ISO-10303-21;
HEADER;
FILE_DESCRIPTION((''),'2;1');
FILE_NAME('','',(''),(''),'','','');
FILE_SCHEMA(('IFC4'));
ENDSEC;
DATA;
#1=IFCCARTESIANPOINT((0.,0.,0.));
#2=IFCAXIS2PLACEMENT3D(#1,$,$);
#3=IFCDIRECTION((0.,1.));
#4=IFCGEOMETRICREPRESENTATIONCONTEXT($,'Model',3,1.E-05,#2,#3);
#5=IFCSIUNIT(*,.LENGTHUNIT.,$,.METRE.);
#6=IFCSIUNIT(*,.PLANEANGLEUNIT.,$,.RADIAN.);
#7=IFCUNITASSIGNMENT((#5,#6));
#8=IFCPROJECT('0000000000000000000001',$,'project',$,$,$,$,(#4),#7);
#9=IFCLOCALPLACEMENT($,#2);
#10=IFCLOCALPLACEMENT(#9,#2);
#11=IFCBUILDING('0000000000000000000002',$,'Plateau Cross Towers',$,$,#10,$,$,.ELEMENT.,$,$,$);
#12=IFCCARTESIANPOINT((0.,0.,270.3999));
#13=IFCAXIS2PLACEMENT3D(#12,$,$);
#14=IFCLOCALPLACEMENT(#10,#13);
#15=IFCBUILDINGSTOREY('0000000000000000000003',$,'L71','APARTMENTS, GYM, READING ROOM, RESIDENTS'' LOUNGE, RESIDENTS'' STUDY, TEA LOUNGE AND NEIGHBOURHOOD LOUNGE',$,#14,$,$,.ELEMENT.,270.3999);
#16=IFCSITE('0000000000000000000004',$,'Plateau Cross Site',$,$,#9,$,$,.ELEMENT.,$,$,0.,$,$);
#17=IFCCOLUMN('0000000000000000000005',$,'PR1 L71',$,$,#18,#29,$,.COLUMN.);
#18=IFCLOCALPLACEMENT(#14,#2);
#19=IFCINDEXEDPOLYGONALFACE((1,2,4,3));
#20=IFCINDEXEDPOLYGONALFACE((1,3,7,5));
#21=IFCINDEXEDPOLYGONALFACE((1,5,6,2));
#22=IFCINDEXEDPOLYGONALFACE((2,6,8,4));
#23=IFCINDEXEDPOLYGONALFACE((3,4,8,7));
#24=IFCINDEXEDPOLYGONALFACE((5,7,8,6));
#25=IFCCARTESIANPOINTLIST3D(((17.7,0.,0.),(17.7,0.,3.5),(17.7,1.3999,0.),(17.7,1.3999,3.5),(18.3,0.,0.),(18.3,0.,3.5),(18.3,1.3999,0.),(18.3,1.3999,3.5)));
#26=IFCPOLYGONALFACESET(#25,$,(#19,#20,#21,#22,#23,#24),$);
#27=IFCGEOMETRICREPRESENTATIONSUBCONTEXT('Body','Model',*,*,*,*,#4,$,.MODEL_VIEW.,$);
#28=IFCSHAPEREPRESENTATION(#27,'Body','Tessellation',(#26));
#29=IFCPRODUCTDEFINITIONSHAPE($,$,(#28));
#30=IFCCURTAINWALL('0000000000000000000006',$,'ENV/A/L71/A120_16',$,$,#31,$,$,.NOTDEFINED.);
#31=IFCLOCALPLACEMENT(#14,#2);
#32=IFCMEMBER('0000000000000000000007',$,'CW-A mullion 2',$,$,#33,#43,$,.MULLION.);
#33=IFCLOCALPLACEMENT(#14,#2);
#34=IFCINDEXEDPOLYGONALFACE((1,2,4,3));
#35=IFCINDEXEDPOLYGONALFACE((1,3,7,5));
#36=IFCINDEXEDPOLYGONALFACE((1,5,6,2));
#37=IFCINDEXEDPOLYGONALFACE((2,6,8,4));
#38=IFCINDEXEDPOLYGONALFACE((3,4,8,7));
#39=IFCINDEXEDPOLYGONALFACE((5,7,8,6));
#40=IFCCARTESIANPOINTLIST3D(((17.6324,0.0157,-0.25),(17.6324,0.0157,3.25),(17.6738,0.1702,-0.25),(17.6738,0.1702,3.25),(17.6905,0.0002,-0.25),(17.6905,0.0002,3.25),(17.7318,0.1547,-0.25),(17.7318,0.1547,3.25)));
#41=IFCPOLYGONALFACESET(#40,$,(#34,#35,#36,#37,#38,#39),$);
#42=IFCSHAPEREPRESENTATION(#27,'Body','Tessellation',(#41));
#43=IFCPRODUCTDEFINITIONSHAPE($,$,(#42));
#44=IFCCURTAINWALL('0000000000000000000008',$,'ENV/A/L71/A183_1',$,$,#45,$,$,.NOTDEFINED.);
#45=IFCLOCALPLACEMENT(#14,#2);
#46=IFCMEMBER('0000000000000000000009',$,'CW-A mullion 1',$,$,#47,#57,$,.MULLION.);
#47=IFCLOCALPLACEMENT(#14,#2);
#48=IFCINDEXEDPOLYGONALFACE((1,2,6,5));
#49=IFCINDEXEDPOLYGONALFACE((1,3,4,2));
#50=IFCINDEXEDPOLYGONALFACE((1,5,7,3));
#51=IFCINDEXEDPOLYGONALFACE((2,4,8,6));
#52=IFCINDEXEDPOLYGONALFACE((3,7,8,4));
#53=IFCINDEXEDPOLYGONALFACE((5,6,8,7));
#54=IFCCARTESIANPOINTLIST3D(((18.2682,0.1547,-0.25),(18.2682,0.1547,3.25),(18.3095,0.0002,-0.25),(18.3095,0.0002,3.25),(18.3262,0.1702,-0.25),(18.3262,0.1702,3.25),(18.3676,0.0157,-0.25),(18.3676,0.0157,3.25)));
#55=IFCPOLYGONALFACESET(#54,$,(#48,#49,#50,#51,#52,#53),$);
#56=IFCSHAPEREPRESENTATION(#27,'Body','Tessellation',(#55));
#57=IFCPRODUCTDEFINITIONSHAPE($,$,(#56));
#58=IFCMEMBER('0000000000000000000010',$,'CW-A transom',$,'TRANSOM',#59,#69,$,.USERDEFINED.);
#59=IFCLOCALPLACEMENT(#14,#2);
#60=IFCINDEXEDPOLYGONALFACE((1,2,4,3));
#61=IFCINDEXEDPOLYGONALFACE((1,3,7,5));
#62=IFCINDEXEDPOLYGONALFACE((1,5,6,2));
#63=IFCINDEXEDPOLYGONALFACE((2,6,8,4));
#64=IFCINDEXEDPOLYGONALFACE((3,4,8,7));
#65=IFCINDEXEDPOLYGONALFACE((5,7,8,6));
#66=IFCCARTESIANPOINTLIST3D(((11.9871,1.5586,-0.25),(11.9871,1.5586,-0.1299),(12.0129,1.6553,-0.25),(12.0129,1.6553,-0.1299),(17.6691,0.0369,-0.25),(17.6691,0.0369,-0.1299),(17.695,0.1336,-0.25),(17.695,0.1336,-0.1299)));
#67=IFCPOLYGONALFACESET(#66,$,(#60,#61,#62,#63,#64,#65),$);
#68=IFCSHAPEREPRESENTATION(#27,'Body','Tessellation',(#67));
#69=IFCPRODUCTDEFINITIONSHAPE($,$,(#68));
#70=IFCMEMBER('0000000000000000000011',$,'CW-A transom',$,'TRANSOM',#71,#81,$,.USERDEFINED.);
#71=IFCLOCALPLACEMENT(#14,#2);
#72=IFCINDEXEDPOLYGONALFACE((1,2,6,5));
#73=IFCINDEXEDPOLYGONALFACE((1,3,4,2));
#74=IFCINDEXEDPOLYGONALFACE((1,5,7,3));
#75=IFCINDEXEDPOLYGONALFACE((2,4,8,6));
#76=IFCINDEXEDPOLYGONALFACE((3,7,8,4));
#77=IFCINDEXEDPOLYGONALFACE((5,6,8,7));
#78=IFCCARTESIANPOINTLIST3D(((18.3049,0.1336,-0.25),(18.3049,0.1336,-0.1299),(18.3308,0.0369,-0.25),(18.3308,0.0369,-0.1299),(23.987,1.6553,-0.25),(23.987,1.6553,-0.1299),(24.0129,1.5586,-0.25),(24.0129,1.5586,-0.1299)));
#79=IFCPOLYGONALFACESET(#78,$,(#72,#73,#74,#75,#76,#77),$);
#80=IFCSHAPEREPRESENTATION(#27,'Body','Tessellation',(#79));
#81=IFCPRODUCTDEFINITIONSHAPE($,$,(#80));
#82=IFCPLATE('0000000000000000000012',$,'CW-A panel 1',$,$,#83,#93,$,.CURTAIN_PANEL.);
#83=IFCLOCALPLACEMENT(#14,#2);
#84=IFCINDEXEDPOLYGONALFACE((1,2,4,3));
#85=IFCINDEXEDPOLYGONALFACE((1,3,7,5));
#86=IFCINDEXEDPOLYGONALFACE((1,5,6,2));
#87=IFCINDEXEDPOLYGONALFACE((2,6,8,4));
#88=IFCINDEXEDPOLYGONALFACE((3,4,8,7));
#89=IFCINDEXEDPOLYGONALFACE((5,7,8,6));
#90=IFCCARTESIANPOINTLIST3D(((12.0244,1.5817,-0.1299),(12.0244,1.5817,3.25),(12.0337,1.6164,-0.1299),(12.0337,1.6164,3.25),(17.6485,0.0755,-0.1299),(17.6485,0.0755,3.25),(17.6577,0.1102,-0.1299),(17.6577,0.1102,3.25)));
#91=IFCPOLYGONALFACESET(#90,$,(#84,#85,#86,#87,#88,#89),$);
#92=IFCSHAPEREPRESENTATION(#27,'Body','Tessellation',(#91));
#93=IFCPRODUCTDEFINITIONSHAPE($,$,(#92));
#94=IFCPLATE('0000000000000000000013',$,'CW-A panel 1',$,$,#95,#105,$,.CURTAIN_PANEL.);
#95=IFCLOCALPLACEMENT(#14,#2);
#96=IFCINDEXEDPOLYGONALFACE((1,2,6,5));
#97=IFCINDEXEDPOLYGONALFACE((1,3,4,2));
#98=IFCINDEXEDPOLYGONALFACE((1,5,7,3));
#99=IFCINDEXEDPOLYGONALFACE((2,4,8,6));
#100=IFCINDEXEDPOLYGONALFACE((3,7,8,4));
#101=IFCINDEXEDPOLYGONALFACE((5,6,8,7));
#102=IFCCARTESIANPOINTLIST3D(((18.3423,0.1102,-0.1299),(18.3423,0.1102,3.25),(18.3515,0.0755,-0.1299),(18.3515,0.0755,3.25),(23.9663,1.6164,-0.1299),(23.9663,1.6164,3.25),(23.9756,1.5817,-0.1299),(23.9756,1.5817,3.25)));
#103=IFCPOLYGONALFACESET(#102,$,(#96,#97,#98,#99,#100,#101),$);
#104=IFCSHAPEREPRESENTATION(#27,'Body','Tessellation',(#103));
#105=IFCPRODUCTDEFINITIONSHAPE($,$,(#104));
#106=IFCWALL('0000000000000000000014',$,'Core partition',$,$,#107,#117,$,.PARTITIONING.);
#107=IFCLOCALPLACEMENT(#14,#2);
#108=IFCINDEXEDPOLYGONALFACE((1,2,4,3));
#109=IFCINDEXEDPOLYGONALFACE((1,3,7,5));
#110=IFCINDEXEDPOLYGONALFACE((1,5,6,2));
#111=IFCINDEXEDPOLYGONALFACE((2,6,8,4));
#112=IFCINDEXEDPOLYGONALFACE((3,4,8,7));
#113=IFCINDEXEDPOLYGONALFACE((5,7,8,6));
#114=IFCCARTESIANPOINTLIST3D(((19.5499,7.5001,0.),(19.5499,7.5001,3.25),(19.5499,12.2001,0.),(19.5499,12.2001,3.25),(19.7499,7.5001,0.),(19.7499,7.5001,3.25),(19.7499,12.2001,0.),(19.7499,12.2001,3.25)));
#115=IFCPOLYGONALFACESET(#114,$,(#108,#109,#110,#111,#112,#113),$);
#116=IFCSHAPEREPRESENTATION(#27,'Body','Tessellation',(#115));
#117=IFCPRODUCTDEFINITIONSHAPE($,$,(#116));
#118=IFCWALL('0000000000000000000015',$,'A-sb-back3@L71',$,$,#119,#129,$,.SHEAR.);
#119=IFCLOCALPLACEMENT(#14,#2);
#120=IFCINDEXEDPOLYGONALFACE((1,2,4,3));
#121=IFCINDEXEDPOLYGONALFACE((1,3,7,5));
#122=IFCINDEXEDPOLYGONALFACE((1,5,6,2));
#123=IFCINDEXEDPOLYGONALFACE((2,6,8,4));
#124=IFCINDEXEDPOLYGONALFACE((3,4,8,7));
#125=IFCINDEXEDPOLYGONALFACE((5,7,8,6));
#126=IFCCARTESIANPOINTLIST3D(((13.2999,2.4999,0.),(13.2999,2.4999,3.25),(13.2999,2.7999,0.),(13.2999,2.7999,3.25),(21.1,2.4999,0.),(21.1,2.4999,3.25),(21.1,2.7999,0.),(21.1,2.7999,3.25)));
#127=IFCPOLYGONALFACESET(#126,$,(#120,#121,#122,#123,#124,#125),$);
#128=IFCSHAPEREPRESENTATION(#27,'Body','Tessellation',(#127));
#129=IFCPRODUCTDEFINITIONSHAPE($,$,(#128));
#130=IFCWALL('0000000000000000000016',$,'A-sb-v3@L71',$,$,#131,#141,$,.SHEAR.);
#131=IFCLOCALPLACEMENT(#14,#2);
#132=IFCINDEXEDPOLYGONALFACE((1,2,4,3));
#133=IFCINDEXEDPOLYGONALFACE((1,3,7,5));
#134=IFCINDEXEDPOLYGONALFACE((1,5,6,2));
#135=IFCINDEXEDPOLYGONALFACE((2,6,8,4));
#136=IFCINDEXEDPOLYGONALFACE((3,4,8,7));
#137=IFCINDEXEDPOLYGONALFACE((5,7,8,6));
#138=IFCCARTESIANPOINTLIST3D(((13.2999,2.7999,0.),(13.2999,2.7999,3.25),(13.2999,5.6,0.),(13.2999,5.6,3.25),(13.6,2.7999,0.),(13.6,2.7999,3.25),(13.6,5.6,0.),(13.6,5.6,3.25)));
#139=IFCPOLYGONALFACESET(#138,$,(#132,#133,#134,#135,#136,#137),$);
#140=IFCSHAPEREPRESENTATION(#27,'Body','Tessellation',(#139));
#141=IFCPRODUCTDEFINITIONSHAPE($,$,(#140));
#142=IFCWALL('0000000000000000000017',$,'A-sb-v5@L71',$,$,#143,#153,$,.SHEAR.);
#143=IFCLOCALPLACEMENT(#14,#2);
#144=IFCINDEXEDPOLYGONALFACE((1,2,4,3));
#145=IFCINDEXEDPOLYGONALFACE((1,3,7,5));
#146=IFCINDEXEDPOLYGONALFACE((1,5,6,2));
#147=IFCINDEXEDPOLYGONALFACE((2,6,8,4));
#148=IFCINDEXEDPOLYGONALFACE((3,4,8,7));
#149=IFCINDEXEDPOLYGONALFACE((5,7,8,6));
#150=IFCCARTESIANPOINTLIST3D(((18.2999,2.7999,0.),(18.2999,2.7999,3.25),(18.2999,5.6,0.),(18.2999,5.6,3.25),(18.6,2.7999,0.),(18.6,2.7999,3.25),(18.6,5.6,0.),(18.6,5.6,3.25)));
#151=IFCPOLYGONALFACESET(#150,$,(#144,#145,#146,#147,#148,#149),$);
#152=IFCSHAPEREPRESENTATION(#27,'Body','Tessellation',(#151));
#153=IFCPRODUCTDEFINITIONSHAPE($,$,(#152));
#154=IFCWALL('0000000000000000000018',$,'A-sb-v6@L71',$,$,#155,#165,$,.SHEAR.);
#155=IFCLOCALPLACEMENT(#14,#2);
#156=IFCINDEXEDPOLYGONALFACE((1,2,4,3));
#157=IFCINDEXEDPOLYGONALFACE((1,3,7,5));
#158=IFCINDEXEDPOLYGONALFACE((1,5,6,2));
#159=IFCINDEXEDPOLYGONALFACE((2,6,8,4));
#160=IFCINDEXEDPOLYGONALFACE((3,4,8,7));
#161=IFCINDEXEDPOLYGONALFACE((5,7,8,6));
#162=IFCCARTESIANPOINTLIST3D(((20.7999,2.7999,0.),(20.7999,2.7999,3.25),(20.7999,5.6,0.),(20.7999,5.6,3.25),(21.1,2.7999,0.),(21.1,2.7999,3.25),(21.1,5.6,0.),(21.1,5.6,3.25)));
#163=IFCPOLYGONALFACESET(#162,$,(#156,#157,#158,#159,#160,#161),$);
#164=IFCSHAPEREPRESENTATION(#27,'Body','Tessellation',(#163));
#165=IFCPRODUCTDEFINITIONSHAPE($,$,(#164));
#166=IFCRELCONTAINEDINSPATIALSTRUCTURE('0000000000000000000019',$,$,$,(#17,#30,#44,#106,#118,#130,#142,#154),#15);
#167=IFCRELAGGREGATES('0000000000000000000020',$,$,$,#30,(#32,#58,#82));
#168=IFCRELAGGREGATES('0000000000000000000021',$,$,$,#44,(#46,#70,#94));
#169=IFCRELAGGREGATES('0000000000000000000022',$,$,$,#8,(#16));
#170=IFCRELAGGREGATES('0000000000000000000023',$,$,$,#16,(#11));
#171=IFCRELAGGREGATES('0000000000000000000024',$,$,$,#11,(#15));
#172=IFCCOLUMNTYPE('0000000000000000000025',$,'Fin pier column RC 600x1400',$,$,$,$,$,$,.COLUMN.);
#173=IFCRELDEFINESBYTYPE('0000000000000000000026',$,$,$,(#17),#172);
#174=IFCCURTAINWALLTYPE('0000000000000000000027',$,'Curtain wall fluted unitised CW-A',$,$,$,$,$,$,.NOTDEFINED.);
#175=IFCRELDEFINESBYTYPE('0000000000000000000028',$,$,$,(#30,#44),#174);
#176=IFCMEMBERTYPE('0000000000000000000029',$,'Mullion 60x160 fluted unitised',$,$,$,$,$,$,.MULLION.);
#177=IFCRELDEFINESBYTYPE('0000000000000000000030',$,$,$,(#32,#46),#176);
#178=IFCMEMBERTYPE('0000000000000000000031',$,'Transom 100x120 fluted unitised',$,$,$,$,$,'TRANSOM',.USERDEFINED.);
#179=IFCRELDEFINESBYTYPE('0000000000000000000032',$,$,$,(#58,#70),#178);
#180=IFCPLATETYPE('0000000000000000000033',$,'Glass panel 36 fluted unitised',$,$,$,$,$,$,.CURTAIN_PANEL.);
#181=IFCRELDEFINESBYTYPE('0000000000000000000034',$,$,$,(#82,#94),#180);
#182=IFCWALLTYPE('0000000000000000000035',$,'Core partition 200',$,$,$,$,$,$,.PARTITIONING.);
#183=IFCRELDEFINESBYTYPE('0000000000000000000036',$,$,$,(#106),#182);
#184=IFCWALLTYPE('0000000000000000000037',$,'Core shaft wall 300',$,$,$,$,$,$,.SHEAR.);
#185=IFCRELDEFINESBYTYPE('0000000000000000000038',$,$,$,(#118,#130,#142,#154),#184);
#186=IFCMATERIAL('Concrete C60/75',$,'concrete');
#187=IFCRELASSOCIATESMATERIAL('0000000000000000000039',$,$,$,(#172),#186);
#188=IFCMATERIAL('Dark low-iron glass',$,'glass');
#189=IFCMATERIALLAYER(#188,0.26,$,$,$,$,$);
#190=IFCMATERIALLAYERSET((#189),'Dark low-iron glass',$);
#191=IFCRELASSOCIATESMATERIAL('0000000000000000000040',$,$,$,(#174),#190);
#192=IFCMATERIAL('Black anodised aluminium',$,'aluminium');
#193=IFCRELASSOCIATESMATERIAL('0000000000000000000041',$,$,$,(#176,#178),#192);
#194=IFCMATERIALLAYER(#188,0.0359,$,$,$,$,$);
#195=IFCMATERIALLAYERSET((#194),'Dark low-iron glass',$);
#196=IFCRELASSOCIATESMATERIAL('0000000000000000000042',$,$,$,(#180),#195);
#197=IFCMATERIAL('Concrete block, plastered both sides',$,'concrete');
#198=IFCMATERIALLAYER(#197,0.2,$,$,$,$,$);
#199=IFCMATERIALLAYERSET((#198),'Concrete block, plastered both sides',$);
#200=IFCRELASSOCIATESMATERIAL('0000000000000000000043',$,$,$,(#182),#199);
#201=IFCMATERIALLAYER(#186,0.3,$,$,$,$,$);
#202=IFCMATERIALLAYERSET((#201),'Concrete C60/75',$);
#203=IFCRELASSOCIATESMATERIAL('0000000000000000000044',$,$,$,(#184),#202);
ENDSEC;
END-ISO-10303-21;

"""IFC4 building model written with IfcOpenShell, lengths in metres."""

from ifc_helpers import new_model, si_unit, direction, frame, frame_2d, origin, origin_2d, place, context, subcontext, project, spatial, rectangle, extrude, material, layer, layer_set, material_profile, profile_set, type_object, element, aggregate, save


model = new_model("IFC4")

# Units and contexts
model_context = context("Model", 3, precision=1e-05, world=origin(), true_north=direction((0.0, 1.0)))
body_context = subcontext(model_context, "Body", "Model", "MODEL_VIEW")
ifc_project = project(units=[si_unit("LENGTHUNIT", "METRE"), si_unit("PLANEANGLEUNIT", "RADIAN")], contexts=[model_context])

# Site, building, storey
site_placement = place(None, origin())
site = spatial("IfcSite", under=ifc_project, at=site_placement, Name="Plateau Cross Site", CompositionType="ELEMENT", RefElevation=0.0)
building_placement = place(site_placement, origin())
building = spatial("IfcBuilding", under=site, at=building_placement, Name="Plateau Cross Towers", CompositionType="ELEMENT")
storey_placement = place(building_placement, frame((0.0, 0.0, 270.3999)))
storey = spatial("IfcBuildingStorey", under=building, at=storey_placement, Name="L71", Description="APARTMENTS, GYM, READING ROOM, RESIDENTS' LOUNGE, RESIDENTS' STUDY, TEA LOUNGE AND NEIGHBOURHOOD LOUNGE", CompositionType="ELEMENT", Elevation=270.3999)

# Column
ifc_material_1 = material(Name="Concrete C60/75", Category="concrete")
ifc_material_profile_1 = material_profile(ifc_material_1, rectangle(XDim=0.6001, YDim=1.3999, at=origin_2d()), Name="RC 600x1400")
ifc_profile_set_1 = profile_set([ifc_material_profile_1], Name="Concrete C60/75")
column_type = type_object("IfcColumnType", Name="Fin pier column RC 600x1400", PredefinedType="COLUMN", material=ifc_profile_set_1)
column_placement = place(storey_placement, frame((18.0, 0.7, 0.0), z_axis=(0.0, 0.0, 1.0), x_axis=(1.0, 0.0, 0.0)))
element("IfcColumn", 1, at=column_placement, inside=storey, type_object=column_type, Name="PR1 L71", PredefinedType="COLUMN", context=body_context, shape_type="SweptSolid", body=[
    extrude(rectangle(XDim=0.6001, YDim=1.3999, at=origin_2d()), origin(), (0.0, 0.0, 1.0), 3.5),
])

# Curtain walls, members
ifc_material_2 = material(Name="Dark low-iron glass", Category="glass")
ifc_layer_1 = layer(ifc_material_2, 0.26)
ifc_layer_set_1 = layer_set([ifc_layer_1], Name="Dark low-iron glass")
curtain_wall_type = type_object("IfcCurtainWallType", Name="Curtain wall fluted unitised CW-A", PredefinedType="NOTDEFINED", material=ifc_layer_set_1)
curtain_wall_1_placement = place(storey_placement, origin())
curtain_wall_1 = element("IfcCurtainWall", 2, at=curtain_wall_1_placement, inside=storey, type_object=curtain_wall_type, Name="ENV/A/L71/A120_16", PredefinedType="NOTDEFINED")
ifc_material_3 = material(Name="Black anodised aluminium", Category="aluminium")
ifc_material_profile_2 = material_profile(ifc_material_3, rectangle(XDim=0.0601, YDim=0.1599, at=origin_2d()), Name="MULLION 60x160")
ifc_profile_set_2 = profile_set([ifc_material_profile_2], Name="Black anodised aluminium")
member_type_1 = type_object("IfcMemberType", Name="Mullion 60x160 fluted unitised", PredefinedType="MULLION", material=ifc_profile_set_2)
member_1_placement = place(storey_placement, frame((17.6821, 0.0852, -0.25), z_axis=(0.0, 0.0, 1.0), x_axis=(0.965958, -0.258699, 0.0)))
member_1 = element("IfcMember", 3, at=member_1_placement, type_object=member_type_1, Name="CW-A mullion 2", PredefinedType="MULLION", context=body_context, shape_type="SweptSolid", body=[
    extrude(rectangle(XDim=0.0601, YDim=0.1599, at=origin_2d()), origin(), (0.0, 0.0, 1.0), 3.5),
])
curtain_wall_2_placement = place(storey_placement, origin())
curtain_wall_2 = element("IfcCurtainWall", 4, at=curtain_wall_2_placement, inside=storey, type_object=curtain_wall_type, Name="ENV/A/L71/A183_1", PredefinedType="NOTDEFINED")
member_2_placement = place(storey_placement, frame((18.3179, 0.0852, -0.25), z_axis=(0.0, 0.0, 1.0), x_axis=(0.965958, 0.258699, 0.0)))
member_2 = element("IfcMember", 5, at=member_2_placement, type_object=member_type_1, Name="CW-A mullion 1", PredefinedType="MULLION", context=body_context, shape_type="SweptSolid", body=[
    extrude(rectangle(XDim=0.0601, YDim=0.1599, at=origin_2d()), origin(), (0.0, 0.0, 1.0), 3.5),
])

# Members
ifc_material_profile_3 = material_profile(ifc_material_3, rectangle(XDim=0.1001, YDim=0.1201, at=origin_2d()), Name="TRANSOM 100x120")
ifc_profile_set_3 = profile_set([ifc_material_profile_3], Name="Black anodised aluminium")
member_type_2 = type_object("IfcMemberType", Name="Transom 100x120 fluted unitised", ElementType="TRANSOM", PredefinedType="USERDEFINED", material=ifc_profile_set_3)
member_3_placement = place(storey_placement, frame((12.0, 1.6069, -0.1899), z_axis=(0.96596, -0.258693, 0.0), x_axis=(0.258693, 0.96596, 0.0)))
member_3 = element("IfcMember", 6, at=member_3_placement, type_object=member_type_2, Name="CW-A transom", ObjectType="TRANSOM", PredefinedType="USERDEFINED", context=body_context, shape_type="SweptSolid", body=[
    extrude(rectangle(XDim=0.1001, YDim=0.1201, at=origin_2d()), origin(), (0.0, 0.0, 1.0), 5.8823),
])
member_4_placement = place(storey_placement, frame((18.3179, 0.0852, -0.1899), z_axis=(0.96596, 0.258693, 0.0), x_axis=(-0.258693, 0.96596, 0.0)))
member_4 = element("IfcMember", 7, at=member_4_placement, type_object=member_type_2, Name="CW-A transom", ObjectType="TRANSOM", PredefinedType="USERDEFINED", context=body_context, shape_type="SweptSolid", body=[
    extrude(rectangle(XDim=0.1001, YDim=0.1201, at=origin_2d()), origin(), (0.0, 0.0, 1.0), 5.8823),
])

# Plates
ifc_layer_2 = layer(ifc_material_2, 0.0359)
ifc_layer_set_2 = layer_set([ifc_layer_2], Name="Dark low-iron glass")
plate_type = type_object("IfcPlateType", Name="Glass panel 36 fluted unitised", PredefinedType="CURTAIN_PANEL", material=ifc_layer_set_2)
plate_1_placement = place(storey_placement, frame((14.8411, 0.8459, -0.1299), z_axis=(0.0, 0.0, 1.0), x_axis=(0.965958, -0.258699, 0.0)))
plate_1 = element("IfcPlate", 8, at=plate_1_placement, type_object=plate_type, Name="CW-A panel 1", PredefinedType="CURTAIN_PANEL", context=body_context, shape_type="SweptSolid", body=[
    extrude(rectangle(XDim=5.8223, YDim=0.0359, at=origin_2d()), origin(), (0.0, 0.0, 1.0), 3.3799),
])
aggregate(curtain_wall_1, [member_1, member_3, plate_1])
plate_2_placement = place(storey_placement, frame((21.1589, 0.8459, -0.1299), z_axis=(0.0, 0.0, 1.0), x_axis=(0.965958, 0.258699, 0.0)))
plate_2 = element("IfcPlate", 9, at=plate_2_placement, type_object=plate_type, Name="CW-A panel 1", PredefinedType="CURTAIN_PANEL", context=body_context, shape_type="SweptSolid", body=[
    extrude(rectangle(XDim=5.8223, YDim=0.0359, at=origin_2d()), origin(), (0.0, 0.0, 1.0), 3.3799),
])
aggregate(curtain_wall_2, [member_2, member_4, plate_2])

# Walls
ifc_material_4 = material(Name="Concrete block, plastered both sides", Category="concrete")
ifc_layer_3 = layer(ifc_material_4, 0.2)
ifc_layer_set_3 = layer_set([ifc_layer_3], Name="Concrete block, plastered both sides")
wall_type_1 = type_object("IfcWallType", Name="Core partition 200", PredefinedType="PARTITIONING", material=ifc_layer_set_3)
wall_1_placement = place(storey_placement, frame((19.6499, 7.5, 0.0), z_axis=(0.0, 0.0, 1.0), x_axis=(0.0, 1.0, 0.0)))
element("IfcWall", 10, at=wall_1_placement, inside=storey, type_object=wall_type_1, Name="Core partition", PredefinedType="PARTITIONING", context=body_context, shape_type="SweptSolid", body=[
    extrude(rectangle(XDim=4.7, YDim=0.2, at=frame_2d((2.3501, 0.0))), origin(), (0.0, 0.0, 1.0), 3.25),
])
ifc_layer_4 = layer(ifc_material_1, 0.3)
ifc_layer_set_4 = layer_set([ifc_layer_4], Name="Concrete C60/75")
wall_type_2 = type_object("IfcWallType", Name="Core shaft wall 300", PredefinedType="SHEAR", material=ifc_layer_set_4)
wall_2_placement = place(storey_placement, frame((13.3, 2.6499, 0.0), z_axis=(0.0, 0.0, 1.0), x_axis=(1.0, 0.0, 0.0)))
element("IfcWall", 11, at=wall_2_placement, inside=storey, type_object=wall_type_2, Name="A-sb-back3@L71", PredefinedType="SHEAR", context=body_context, shape_type="SweptSolid", body=[
    extrude(rectangle(XDim=7.8, YDim=0.3, at=frame_2d((3.8999, 0.0))), origin(), (0.0, 0.0, 1.0), 3.25),
])
for number, where, z_axis, x_axis, name in (
    (12, (13.45, 2.8, 0.0), (0.0, 0.0, 1.0), (0.0, 1.0, 0.0), "A-sb-v3@L71"),
    (13, (18.45, 2.8, 0.0), (0.0, 0.0, 1.0), (0.0, 1.0, 0.0), "A-sb-v5@L71"),
    (14, (20.95, 2.8, 0.0), (0.0, 0.0, 1.0), (0.0, 1.0, 0.0), "A-sb-v6@L71"),
):
    element("IfcWall", number, at=place(storey_placement, frame(where, z_axis=z_axis, x_axis=x_axis)), inside=storey, type_object=wall_type_2, Name=name, PredefinedType="SHEAR", context=body_context, shape_type="SweptSolid", body=[
        extrude(rectangle(XDim=2.8, YDim=0.3, at=frame_2d((1.3999, 0.0))), origin(), (0.0, 0.0, 1.0), 3.25),
    ])

save(model, "model.ifc")
